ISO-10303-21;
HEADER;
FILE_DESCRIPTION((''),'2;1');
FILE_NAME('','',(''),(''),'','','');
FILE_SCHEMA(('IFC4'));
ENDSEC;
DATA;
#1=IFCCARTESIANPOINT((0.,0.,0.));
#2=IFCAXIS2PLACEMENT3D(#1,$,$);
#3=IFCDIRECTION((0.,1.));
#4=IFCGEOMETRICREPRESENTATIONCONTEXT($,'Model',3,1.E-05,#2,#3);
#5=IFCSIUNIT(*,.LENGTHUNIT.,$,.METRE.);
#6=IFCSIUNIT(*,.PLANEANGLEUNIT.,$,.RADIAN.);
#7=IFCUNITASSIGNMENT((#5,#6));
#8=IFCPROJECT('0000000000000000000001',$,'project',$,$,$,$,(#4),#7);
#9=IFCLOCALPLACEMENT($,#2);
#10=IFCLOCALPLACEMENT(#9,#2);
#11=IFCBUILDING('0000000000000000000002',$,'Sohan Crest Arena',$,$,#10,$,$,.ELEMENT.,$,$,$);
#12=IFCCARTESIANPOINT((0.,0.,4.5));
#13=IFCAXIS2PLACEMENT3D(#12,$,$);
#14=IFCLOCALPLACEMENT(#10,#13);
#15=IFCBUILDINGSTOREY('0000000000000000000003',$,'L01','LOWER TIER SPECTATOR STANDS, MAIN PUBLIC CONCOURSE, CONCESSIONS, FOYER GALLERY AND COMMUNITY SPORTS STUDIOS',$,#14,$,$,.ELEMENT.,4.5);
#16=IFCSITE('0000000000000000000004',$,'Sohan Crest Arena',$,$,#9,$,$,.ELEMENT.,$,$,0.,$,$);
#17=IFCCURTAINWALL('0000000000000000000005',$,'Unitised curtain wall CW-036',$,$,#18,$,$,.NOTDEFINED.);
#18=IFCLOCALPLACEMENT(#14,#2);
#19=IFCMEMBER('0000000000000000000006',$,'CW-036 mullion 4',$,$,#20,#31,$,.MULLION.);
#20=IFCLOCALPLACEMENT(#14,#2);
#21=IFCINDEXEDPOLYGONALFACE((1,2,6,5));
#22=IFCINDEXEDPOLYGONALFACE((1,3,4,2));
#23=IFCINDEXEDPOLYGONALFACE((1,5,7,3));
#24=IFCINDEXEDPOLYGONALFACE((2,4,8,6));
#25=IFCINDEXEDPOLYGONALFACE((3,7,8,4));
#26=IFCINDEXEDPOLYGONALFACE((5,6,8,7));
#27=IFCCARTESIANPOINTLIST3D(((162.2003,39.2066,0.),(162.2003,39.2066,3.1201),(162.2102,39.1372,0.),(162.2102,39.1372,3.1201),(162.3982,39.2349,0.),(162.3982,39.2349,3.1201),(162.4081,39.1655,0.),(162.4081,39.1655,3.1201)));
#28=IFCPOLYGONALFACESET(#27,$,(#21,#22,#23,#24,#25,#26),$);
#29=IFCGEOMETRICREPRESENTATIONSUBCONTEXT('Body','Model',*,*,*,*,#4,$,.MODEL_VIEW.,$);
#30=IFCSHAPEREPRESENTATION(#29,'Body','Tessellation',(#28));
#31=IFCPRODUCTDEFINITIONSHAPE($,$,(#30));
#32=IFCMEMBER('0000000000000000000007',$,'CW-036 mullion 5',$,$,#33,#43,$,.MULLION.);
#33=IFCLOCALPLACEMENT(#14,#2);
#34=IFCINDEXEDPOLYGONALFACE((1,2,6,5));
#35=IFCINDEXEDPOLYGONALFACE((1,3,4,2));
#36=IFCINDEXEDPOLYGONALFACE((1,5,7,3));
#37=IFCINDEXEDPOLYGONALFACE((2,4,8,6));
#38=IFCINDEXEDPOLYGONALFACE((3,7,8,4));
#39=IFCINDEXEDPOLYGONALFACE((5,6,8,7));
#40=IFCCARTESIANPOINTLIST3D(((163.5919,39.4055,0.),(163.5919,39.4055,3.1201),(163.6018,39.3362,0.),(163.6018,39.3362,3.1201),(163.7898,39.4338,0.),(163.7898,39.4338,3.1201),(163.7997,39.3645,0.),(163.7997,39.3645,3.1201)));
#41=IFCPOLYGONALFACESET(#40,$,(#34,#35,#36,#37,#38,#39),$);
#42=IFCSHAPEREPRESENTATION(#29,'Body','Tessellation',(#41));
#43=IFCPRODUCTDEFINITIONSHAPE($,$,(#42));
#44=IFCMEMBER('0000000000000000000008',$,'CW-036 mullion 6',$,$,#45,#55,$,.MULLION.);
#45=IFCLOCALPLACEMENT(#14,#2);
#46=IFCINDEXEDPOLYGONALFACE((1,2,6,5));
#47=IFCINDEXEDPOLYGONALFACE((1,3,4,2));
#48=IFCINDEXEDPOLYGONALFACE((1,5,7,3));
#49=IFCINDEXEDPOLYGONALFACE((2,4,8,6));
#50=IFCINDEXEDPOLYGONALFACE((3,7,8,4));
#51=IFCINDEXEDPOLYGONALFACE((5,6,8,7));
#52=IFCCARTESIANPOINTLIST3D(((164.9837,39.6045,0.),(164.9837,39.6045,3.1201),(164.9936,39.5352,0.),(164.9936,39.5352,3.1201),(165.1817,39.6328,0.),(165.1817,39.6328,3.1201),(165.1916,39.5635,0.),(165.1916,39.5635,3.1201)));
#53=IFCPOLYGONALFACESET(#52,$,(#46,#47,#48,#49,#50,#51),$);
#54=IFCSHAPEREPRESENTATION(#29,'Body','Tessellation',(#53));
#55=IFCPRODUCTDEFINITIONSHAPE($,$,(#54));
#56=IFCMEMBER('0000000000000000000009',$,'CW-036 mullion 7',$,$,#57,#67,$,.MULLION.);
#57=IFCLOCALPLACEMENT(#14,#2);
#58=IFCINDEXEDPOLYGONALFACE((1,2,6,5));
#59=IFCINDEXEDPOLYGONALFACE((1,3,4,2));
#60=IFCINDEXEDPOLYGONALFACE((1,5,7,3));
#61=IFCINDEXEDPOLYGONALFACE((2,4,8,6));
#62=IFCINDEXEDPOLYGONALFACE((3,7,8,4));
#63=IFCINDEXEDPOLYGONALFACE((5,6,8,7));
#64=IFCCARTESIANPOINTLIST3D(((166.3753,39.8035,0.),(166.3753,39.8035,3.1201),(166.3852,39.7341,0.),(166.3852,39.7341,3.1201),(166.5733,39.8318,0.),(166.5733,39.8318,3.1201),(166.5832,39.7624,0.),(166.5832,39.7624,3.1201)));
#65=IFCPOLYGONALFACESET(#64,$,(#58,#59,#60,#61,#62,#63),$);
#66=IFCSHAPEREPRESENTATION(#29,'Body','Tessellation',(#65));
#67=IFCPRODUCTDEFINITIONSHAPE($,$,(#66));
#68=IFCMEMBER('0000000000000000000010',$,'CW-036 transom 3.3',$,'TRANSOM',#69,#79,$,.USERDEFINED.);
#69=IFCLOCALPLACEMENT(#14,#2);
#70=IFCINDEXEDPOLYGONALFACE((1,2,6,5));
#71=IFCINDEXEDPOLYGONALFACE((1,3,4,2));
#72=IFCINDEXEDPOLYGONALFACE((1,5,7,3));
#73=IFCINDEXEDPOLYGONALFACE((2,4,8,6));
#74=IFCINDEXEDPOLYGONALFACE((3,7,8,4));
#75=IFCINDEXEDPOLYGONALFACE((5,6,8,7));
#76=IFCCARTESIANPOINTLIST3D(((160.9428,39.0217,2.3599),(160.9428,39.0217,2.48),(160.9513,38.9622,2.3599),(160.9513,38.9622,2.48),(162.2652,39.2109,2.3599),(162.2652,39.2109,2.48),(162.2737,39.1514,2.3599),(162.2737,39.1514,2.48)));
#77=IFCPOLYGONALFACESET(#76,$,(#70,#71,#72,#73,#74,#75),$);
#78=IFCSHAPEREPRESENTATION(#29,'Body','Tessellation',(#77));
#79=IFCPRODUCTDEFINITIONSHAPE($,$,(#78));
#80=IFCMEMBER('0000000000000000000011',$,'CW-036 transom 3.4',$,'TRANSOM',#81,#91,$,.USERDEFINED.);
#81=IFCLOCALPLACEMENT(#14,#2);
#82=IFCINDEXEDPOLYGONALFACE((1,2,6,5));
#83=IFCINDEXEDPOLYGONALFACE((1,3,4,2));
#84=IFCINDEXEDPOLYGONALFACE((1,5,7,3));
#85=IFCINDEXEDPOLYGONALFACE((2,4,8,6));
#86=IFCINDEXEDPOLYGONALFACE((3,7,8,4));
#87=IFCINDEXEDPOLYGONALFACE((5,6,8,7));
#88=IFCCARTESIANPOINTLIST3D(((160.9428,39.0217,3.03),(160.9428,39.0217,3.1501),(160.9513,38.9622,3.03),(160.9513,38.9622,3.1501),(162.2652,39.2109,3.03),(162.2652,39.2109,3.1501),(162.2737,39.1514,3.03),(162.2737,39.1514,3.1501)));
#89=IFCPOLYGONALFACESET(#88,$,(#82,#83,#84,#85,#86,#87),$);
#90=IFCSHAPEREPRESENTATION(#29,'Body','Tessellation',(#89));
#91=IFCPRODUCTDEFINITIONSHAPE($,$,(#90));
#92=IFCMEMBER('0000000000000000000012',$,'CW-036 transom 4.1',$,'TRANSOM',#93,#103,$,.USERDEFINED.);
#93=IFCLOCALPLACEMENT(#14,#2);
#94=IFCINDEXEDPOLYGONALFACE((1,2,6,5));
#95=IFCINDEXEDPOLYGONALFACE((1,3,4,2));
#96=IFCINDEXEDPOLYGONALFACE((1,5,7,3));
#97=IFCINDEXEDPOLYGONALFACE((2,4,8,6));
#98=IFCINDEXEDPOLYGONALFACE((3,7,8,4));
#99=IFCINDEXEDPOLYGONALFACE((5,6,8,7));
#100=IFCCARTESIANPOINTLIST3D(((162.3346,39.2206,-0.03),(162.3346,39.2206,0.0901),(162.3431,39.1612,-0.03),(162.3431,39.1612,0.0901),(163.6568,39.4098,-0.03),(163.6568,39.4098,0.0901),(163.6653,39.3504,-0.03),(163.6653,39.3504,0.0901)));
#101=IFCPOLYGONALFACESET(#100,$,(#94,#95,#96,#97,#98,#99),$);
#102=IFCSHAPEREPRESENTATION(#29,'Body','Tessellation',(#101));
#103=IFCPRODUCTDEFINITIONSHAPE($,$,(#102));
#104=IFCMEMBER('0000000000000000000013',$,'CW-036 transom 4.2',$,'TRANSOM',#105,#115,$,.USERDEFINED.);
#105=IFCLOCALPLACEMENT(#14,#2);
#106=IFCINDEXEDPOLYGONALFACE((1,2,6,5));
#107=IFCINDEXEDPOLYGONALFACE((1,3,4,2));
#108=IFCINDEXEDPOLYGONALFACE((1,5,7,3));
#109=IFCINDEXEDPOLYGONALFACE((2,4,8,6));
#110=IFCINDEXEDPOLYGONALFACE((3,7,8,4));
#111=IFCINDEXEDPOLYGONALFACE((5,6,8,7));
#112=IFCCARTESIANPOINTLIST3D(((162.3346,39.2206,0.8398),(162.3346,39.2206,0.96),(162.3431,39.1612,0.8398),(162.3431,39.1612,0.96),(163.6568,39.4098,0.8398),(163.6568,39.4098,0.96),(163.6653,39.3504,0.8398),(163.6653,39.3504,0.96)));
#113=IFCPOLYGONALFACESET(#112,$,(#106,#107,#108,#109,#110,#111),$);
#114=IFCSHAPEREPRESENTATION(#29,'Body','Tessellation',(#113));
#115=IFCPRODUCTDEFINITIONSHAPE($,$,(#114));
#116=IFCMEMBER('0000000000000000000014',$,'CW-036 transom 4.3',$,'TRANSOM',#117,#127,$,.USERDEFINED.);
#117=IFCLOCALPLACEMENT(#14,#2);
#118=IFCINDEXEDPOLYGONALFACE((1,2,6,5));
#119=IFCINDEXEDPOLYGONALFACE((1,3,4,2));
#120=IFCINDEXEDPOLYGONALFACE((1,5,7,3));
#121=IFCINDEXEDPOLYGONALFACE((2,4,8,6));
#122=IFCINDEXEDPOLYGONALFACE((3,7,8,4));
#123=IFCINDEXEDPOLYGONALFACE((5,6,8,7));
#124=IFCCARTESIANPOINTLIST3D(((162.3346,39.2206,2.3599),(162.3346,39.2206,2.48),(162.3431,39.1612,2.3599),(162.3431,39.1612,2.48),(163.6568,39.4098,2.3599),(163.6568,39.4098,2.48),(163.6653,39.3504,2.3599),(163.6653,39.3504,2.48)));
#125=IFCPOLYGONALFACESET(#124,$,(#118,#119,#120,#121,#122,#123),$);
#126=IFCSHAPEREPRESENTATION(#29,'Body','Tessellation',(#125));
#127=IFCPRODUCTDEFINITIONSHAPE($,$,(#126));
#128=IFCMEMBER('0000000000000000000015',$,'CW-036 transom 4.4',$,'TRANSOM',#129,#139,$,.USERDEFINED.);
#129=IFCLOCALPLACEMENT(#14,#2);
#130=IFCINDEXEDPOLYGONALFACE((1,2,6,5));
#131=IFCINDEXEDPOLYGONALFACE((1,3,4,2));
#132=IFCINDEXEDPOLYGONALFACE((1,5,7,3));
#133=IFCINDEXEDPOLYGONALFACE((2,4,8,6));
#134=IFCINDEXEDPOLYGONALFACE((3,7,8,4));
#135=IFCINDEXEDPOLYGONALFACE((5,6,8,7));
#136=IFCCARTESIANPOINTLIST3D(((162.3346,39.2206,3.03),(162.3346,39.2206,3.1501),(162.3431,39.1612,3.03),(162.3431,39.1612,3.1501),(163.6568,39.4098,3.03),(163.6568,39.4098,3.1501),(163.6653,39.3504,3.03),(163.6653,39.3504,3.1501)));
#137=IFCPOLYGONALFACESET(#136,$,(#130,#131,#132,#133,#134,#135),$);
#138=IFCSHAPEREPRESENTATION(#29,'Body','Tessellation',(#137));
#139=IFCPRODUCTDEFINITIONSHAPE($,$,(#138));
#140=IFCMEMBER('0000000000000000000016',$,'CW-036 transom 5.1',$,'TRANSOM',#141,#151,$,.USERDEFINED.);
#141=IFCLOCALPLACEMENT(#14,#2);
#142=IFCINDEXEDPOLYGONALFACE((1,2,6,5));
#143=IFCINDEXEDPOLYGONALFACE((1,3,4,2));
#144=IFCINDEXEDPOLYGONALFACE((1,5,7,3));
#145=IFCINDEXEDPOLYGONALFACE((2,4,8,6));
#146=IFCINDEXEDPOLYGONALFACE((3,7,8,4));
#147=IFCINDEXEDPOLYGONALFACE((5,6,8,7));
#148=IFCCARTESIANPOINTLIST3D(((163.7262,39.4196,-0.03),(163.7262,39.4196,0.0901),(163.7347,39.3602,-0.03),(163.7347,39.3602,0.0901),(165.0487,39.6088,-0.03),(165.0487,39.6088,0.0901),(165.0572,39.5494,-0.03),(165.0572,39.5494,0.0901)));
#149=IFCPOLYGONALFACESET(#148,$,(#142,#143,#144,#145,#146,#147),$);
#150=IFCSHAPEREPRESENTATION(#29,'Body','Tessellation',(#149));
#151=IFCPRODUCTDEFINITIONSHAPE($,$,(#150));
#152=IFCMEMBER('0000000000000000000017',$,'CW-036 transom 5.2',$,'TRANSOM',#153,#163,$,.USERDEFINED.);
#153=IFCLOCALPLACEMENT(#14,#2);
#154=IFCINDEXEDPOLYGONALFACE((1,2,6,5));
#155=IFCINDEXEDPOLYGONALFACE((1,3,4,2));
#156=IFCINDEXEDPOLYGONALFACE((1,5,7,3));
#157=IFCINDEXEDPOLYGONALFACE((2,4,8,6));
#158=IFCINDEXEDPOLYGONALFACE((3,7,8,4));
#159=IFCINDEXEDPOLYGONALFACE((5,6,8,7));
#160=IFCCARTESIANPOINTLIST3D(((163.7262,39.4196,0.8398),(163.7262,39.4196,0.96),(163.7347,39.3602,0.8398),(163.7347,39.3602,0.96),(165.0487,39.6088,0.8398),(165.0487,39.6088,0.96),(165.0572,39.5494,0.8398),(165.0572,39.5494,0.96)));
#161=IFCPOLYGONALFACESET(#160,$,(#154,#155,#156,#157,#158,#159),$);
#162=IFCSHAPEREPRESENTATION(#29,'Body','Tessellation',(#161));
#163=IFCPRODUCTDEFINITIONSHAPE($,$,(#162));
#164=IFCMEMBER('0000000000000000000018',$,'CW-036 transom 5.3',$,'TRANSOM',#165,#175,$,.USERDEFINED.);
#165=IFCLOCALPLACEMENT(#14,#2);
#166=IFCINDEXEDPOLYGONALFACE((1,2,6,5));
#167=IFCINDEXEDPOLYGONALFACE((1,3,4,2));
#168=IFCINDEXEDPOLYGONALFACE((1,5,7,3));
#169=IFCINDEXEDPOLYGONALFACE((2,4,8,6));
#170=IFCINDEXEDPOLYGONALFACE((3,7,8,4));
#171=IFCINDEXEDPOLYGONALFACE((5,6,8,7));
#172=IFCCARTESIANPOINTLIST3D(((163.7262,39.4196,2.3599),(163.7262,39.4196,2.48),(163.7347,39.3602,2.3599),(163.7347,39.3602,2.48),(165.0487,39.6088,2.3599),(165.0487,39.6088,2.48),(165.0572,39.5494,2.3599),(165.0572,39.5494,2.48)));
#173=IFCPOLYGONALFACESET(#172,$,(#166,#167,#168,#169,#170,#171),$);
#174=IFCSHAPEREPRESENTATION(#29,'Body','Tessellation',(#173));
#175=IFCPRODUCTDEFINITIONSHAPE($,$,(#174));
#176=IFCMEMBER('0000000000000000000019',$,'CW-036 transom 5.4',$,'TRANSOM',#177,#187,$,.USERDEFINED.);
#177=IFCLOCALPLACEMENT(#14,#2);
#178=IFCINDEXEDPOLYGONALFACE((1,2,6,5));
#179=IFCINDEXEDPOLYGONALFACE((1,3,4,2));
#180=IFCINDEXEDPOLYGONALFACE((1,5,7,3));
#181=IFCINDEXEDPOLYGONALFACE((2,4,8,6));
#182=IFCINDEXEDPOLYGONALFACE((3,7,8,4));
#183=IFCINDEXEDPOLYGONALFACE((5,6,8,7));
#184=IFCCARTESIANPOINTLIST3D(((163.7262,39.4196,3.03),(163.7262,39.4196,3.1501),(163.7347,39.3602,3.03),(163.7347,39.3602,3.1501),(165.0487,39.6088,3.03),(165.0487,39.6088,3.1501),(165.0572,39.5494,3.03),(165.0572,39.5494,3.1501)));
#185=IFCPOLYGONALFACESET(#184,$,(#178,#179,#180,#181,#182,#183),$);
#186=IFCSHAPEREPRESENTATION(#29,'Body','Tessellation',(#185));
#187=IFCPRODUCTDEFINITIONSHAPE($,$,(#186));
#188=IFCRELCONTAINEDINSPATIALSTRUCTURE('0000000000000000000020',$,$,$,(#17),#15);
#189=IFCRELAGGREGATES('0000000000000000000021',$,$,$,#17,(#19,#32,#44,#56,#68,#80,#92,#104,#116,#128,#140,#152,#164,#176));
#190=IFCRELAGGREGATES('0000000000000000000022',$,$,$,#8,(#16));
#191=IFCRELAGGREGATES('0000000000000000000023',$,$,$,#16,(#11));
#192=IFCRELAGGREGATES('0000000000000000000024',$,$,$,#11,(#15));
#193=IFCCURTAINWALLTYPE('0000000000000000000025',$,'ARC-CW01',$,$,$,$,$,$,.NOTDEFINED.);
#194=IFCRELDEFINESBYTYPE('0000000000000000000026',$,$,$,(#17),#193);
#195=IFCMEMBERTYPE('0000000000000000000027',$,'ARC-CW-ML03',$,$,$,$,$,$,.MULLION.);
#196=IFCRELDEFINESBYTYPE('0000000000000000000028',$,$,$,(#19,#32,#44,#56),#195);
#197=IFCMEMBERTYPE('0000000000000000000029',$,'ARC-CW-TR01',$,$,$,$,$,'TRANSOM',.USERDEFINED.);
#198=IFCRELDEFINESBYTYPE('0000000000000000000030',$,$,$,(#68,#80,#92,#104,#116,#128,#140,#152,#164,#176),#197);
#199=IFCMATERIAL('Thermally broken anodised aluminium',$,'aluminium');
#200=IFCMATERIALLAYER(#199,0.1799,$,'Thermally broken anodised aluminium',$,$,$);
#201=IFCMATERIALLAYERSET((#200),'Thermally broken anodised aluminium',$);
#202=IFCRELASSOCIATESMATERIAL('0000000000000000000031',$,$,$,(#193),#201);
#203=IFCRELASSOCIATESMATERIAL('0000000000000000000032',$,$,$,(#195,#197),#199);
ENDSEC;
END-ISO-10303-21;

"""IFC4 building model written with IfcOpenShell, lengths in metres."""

from ifc_helpers import new_model, si_unit, direction, frame, origin, origin_2d, place, context, subcontext, project, spatial, rectangle, extrude, material, layer, layer_set, material_profile, profile_set, type_object, element, aggregate, save


model = new_model("IFC4")

# Units and contexts
model_context = context("Model", 3, precision=1e-05, world=origin(), true_north=direction((0.0, 1.0)))
body_context = subcontext(model_context, "Body", "Model", "MODEL_VIEW")
ifc_project = project(units=[si_unit("LENGTHUNIT", "METRE"), si_unit("PLANEANGLEUNIT", "RADIAN")], contexts=[model_context])

# Site, building, storey
site_placement = place(None, origin())
site = spatial("IfcSite", under=ifc_project, at=site_placement, Name="Sohan Crest Arena", CompositionType="ELEMENT", RefElevation=0.0)
building_placement = place(site_placement, origin())
building = spatial("IfcBuilding", under=site, at=building_placement, Name="Sohan Crest Arena", CompositionType="ELEMENT")
storey_placement = place(building_placement, frame((0.0, 0.0, 4.5)))
storey = spatial("IfcBuildingStorey", under=building, at=storey_placement, Name="L01", Description="LOWER TIER SPECTATOR STANDS, MAIN PUBLIC CONCOURSE, CONCESSIONS, FOYER GALLERY AND COMMUNITY SPORTS STUDIOS", CompositionType="ELEMENT", Elevation=4.5)

# Curtain wall, members
ifc_material_1 = material(Name="Thermally broken anodised aluminium", Category="aluminium")
ifc_layer_1 = layer(ifc_material_1, 0.1799, Name="Thermally broken anodised aluminium")
ifc_layer_set_1 = layer_set([ifc_layer_1], Name="Thermally broken anodised aluminium")
curtain_wall_type = type_object("IfcCurtainWallType", Name="ARC-CW01", PredefinedType="NOTDEFINED", material=ifc_layer_set_1)
curtain_wall_placement = place(storey_placement, origin())
curtain_wall = element("IfcCurtainWall", 1, at=curtain_wall_placement, inside=storey, type_object=curtain_wall_type, Name="Unitised curtain wall CW-036", PredefinedType="NOTDEFINED")
ifc_material_profile_1 = material_profile(ifc_material_1, rectangle(XDim=0.0701, YDim=0.2, at=origin_2d()), Name="ALU-MULL 70x200")
ifc_profile_set_1 = profile_set([ifc_material_profile_1], Name="Thermally broken anodised aluminium")
member_type_1 = type_object("IfcMemberType", Name="ARC-CW-ML03", PredefinedType="MULLION", material=ifc_profile_set_1)
member_1_placement = place(storey_placement, frame((162.3042, 39.186, 0.0), z_axis=(0.0, 0.0, 1.0), x_axis=(-0.141549, 0.989931, 0.0)))
member_1 = element("IfcMember", 2, at=member_1_placement, type_object=member_type_1, Name="CW-036 mullion 4", PredefinedType="MULLION", context=body_context, shape_type="SweptSolid", body=[
    extrude(rectangle(XDim=0.0701, YDim=0.2, at=origin_2d()), origin(), (0.0, 0.0, 1.0), 3.1201),
])
member_2_placement = place(storey_placement, frame((163.6958, 39.385, 0.0), z_axis=(0.0, 0.0, 1.0), x_axis=(-0.141549, 0.989931, 0.0)))
member_2 = element("IfcMember", 3, at=member_2_placement, type_object=member_type_1, Name="CW-036 mullion 5", PredefinedType="MULLION", context=body_context, shape_type="SweptSolid", body=[
    extrude(rectangle(XDim=0.0701, YDim=0.2, at=origin_2d()), origin(), (0.0, 0.0, 1.0), 3.1201),
])
member_3_placement = place(storey_placement, frame((165.0876, 39.584, 0.0), z_axis=(0.0, 0.0, 1.0), x_axis=(-0.141549, 0.989931, 0.0)))
member_3 = element("IfcMember", 4, at=member_3_placement, type_object=member_type_1, Name="CW-036 mullion 6", PredefinedType="MULLION", context=body_context, shape_type="SweptSolid", body=[
    extrude(rectangle(XDim=0.0701, YDim=0.2, at=origin_2d()), origin(), (0.0, 0.0, 1.0), 3.1201),
])
member_4_placement = place(storey_placement, frame((166.4792, 39.783, 0.0), z_axis=(0.0, 0.0, 1.0), x_axis=(-0.141549, 0.989931, 0.0)))
member_4 = element("IfcMember", 5, at=member_4_placement, type_object=member_type_1, Name="CW-036 mullion 7", PredefinedType="MULLION", context=body_context, shape_type="SweptSolid", body=[
    extrude(rectangle(XDim=0.0701, YDim=0.2, at=origin_2d()), origin(), (0.0, 0.0, 1.0), 3.1201),
])
ifc_material_profile_2 = material_profile(ifc_material_1, rectangle(XDim=0.0601, YDim=0.1201, at=origin_2d()), Name="ALU-TRAN 60x120")
ifc_profile_set_2 = profile_set([ifc_material_profile_2], Name="Thermally broken anodised aluminium")
member_type_2 = type_object("IfcMemberType", Name="ARC-CW-TR01", ElementType="TRANSOM", PredefinedType="USERDEFINED", material=ifc_profile_set_2)
member_5_placement = place(storey_placement, frame((160.947, 38.9919, 2.4199), z_axis=(0.98992, 0.141626, 0.0), x_axis=(-0.141626, 0.98992, 0.0)))
member_5 = element("IfcMember", 6, at=member_5_placement, type_object=member_type_2, Name="CW-036 transom 3.3", ObjectType="TRANSOM", PredefinedType="USERDEFINED", context=body_context, shape_type="SweptSolid", body=[
    extrude(rectangle(XDim=0.0601, YDim=0.1201, at=origin_2d()), origin(), (0.0, 0.0, 1.0), 1.3359),
])
member_6_placement = place(storey_placement, frame((160.947, 38.9919, 3.0901), z_axis=(0.98992, 0.141626, 0.0), x_axis=(-0.141626, 0.98992, 0.0)))
member_6 = element("IfcMember", 7, at=member_6_placement, type_object=member_type_2, Name="CW-036 transom 3.4", ObjectType="TRANSOM", PredefinedType="USERDEFINED", context=body_context, shape_type="SweptSolid", body=[
    extrude(rectangle(XDim=0.0601, YDim=0.1201, at=origin_2d()), origin(), (0.0, 0.0, 1.0), 1.3359),
])
member_7_placement = place(storey_placement, frame((162.3389, 39.1909, 0.03), z_axis=(0.989917, 0.141652, 0.0), x_axis=(-0.141652, 0.989917, 0.0)))
member_7 = element("IfcMember", 8, at=member_7_placement, type_object=member_type_2, Name="CW-036 transom 4.1", ObjectType="TRANSOM", PredefinedType="USERDEFINED", context=body_context, shape_type="SweptSolid", body=[
    extrude(rectangle(XDim=0.0601, YDim=0.1201, at=origin_2d()), origin(), (0.0, 0.0, 1.0), 1.3357),
])
member_8_placement = place(storey_placement, frame((162.3389, 39.1909, 0.8999), z_axis=(0.989917, 0.141652, 0.0), x_axis=(-0.141652, 0.989917, 0.0)))
member_8 = element("IfcMember", 9, at=member_8_placement, type_object=member_type_2, Name="CW-036 transom 4.2", ObjectType="TRANSOM", PredefinedType="USERDEFINED", context=body_context, shape_type="SweptSolid", body=[
    extrude(rectangle(XDim=0.0601, YDim=0.1201, at=origin_2d()), origin(), (0.0, 0.0, 1.0), 1.3357),
])
member_9_placement = place(storey_placement, frame((162.3389, 39.1909, 2.4199), z_axis=(0.989917, 0.141652, 0.0), x_axis=(-0.141652, 0.989917, 0.0)))
member_9 = element("IfcMember", 10, at=member_9_placement, type_object=member_type_2, Name="CW-036 transom 4.3", ObjectType="TRANSOM", PredefinedType="USERDEFINED", context=body_context, shape_type="SweptSolid", body=[
    extrude(rectangle(XDim=0.0601, YDim=0.1201, at=origin_2d()), origin(), (0.0, 0.0, 1.0), 1.3357),
])
member_10_placement = place(storey_placement, frame((162.3389, 39.1909, 3.0901), z_axis=(0.989917, 0.141652, 0.0), x_axis=(-0.141652, 0.989917, 0.0)))
member_10 = element("IfcMember", 11, at=member_10_placement, type_object=member_type_2, Name="CW-036 transom 4.4", ObjectType="TRANSOM", PredefinedType="USERDEFINED", context=body_context, shape_type="SweptSolid", body=[
    extrude(rectangle(XDim=0.0601, YDim=0.1201, at=origin_2d()), origin(), (0.0, 0.0, 1.0), 1.3357),
])
member_11_placement = place(storey_placement, frame((163.7305, 39.3899, 0.03), z_axis=(0.98992, 0.141626, 0.0), x_axis=(-0.141626, 0.98992, 0.0)))
member_11 = element("IfcMember", 12, at=member_11_placement, type_object=member_type_2, Name="CW-036 transom 5.1", ObjectType="TRANSOM", PredefinedType="USERDEFINED", context=body_context, shape_type="SweptSolid", body=[
    extrude(rectangle(XDim=0.0601, YDim=0.1201, at=origin_2d()), origin(), (0.0, 0.0, 1.0), 1.3359),
])
member_12_placement = place(storey_placement, frame((163.7305, 39.3899, 0.8999), z_axis=(0.98992, 0.141626, 0.0), x_axis=(-0.141626, 0.98992, 0.0)))
member_12 = element("IfcMember", 13, at=member_12_placement, type_object=member_type_2, Name="CW-036 transom 5.2", ObjectType="TRANSOM", PredefinedType="USERDEFINED", context=body_context, shape_type="SweptSolid", body=[
    extrude(rectangle(XDim=0.0601, YDim=0.1201, at=origin_2d()), origin(), (0.0, 0.0, 1.0), 1.3359),
])
member_13_placement = place(storey_placement, frame((163.7305, 39.3899, 2.4199), z_axis=(0.98992, 0.141626, 0.0), x_axis=(-0.141626, 0.98992, 0.0)))
member_13 = element("IfcMember", 14, at=member_13_placement, type_object=member_type_2, Name="CW-036 transom 5.3", ObjectType="TRANSOM", PredefinedType="USERDEFINED", context=body_context, shape_type="SweptSolid", body=[
    extrude(rectangle(XDim=0.0601, YDim=0.1201, at=origin_2d()), origin(), (0.0, 0.0, 1.0), 1.3359),
])
member_14_placement = place(storey_placement, frame((163.7305, 39.3899, 3.0901), z_axis=(0.98992, 0.141626, 0.0), x_axis=(-0.141626, 0.98992, 0.0)))
member_14 = element("IfcMember", 15, at=member_14_placement, type_object=member_type_2, Name="CW-036 transom 5.4", ObjectType="TRANSOM", PredefinedType="USERDEFINED", context=body_context, shape_type="SweptSolid", body=[
    extrude(rectangle(XDim=0.0601, YDim=0.1201, at=origin_2d()), origin(), (0.0, 0.0, 1.0), 1.3359),
])
aggregate(curtain_wall, [member_1, member_2, member_3, member_4, member_5, member_6, member_7, member_8, member_9, member_10, member_11, member_12, member_13, member_14])

save(model, "model.ifc")
